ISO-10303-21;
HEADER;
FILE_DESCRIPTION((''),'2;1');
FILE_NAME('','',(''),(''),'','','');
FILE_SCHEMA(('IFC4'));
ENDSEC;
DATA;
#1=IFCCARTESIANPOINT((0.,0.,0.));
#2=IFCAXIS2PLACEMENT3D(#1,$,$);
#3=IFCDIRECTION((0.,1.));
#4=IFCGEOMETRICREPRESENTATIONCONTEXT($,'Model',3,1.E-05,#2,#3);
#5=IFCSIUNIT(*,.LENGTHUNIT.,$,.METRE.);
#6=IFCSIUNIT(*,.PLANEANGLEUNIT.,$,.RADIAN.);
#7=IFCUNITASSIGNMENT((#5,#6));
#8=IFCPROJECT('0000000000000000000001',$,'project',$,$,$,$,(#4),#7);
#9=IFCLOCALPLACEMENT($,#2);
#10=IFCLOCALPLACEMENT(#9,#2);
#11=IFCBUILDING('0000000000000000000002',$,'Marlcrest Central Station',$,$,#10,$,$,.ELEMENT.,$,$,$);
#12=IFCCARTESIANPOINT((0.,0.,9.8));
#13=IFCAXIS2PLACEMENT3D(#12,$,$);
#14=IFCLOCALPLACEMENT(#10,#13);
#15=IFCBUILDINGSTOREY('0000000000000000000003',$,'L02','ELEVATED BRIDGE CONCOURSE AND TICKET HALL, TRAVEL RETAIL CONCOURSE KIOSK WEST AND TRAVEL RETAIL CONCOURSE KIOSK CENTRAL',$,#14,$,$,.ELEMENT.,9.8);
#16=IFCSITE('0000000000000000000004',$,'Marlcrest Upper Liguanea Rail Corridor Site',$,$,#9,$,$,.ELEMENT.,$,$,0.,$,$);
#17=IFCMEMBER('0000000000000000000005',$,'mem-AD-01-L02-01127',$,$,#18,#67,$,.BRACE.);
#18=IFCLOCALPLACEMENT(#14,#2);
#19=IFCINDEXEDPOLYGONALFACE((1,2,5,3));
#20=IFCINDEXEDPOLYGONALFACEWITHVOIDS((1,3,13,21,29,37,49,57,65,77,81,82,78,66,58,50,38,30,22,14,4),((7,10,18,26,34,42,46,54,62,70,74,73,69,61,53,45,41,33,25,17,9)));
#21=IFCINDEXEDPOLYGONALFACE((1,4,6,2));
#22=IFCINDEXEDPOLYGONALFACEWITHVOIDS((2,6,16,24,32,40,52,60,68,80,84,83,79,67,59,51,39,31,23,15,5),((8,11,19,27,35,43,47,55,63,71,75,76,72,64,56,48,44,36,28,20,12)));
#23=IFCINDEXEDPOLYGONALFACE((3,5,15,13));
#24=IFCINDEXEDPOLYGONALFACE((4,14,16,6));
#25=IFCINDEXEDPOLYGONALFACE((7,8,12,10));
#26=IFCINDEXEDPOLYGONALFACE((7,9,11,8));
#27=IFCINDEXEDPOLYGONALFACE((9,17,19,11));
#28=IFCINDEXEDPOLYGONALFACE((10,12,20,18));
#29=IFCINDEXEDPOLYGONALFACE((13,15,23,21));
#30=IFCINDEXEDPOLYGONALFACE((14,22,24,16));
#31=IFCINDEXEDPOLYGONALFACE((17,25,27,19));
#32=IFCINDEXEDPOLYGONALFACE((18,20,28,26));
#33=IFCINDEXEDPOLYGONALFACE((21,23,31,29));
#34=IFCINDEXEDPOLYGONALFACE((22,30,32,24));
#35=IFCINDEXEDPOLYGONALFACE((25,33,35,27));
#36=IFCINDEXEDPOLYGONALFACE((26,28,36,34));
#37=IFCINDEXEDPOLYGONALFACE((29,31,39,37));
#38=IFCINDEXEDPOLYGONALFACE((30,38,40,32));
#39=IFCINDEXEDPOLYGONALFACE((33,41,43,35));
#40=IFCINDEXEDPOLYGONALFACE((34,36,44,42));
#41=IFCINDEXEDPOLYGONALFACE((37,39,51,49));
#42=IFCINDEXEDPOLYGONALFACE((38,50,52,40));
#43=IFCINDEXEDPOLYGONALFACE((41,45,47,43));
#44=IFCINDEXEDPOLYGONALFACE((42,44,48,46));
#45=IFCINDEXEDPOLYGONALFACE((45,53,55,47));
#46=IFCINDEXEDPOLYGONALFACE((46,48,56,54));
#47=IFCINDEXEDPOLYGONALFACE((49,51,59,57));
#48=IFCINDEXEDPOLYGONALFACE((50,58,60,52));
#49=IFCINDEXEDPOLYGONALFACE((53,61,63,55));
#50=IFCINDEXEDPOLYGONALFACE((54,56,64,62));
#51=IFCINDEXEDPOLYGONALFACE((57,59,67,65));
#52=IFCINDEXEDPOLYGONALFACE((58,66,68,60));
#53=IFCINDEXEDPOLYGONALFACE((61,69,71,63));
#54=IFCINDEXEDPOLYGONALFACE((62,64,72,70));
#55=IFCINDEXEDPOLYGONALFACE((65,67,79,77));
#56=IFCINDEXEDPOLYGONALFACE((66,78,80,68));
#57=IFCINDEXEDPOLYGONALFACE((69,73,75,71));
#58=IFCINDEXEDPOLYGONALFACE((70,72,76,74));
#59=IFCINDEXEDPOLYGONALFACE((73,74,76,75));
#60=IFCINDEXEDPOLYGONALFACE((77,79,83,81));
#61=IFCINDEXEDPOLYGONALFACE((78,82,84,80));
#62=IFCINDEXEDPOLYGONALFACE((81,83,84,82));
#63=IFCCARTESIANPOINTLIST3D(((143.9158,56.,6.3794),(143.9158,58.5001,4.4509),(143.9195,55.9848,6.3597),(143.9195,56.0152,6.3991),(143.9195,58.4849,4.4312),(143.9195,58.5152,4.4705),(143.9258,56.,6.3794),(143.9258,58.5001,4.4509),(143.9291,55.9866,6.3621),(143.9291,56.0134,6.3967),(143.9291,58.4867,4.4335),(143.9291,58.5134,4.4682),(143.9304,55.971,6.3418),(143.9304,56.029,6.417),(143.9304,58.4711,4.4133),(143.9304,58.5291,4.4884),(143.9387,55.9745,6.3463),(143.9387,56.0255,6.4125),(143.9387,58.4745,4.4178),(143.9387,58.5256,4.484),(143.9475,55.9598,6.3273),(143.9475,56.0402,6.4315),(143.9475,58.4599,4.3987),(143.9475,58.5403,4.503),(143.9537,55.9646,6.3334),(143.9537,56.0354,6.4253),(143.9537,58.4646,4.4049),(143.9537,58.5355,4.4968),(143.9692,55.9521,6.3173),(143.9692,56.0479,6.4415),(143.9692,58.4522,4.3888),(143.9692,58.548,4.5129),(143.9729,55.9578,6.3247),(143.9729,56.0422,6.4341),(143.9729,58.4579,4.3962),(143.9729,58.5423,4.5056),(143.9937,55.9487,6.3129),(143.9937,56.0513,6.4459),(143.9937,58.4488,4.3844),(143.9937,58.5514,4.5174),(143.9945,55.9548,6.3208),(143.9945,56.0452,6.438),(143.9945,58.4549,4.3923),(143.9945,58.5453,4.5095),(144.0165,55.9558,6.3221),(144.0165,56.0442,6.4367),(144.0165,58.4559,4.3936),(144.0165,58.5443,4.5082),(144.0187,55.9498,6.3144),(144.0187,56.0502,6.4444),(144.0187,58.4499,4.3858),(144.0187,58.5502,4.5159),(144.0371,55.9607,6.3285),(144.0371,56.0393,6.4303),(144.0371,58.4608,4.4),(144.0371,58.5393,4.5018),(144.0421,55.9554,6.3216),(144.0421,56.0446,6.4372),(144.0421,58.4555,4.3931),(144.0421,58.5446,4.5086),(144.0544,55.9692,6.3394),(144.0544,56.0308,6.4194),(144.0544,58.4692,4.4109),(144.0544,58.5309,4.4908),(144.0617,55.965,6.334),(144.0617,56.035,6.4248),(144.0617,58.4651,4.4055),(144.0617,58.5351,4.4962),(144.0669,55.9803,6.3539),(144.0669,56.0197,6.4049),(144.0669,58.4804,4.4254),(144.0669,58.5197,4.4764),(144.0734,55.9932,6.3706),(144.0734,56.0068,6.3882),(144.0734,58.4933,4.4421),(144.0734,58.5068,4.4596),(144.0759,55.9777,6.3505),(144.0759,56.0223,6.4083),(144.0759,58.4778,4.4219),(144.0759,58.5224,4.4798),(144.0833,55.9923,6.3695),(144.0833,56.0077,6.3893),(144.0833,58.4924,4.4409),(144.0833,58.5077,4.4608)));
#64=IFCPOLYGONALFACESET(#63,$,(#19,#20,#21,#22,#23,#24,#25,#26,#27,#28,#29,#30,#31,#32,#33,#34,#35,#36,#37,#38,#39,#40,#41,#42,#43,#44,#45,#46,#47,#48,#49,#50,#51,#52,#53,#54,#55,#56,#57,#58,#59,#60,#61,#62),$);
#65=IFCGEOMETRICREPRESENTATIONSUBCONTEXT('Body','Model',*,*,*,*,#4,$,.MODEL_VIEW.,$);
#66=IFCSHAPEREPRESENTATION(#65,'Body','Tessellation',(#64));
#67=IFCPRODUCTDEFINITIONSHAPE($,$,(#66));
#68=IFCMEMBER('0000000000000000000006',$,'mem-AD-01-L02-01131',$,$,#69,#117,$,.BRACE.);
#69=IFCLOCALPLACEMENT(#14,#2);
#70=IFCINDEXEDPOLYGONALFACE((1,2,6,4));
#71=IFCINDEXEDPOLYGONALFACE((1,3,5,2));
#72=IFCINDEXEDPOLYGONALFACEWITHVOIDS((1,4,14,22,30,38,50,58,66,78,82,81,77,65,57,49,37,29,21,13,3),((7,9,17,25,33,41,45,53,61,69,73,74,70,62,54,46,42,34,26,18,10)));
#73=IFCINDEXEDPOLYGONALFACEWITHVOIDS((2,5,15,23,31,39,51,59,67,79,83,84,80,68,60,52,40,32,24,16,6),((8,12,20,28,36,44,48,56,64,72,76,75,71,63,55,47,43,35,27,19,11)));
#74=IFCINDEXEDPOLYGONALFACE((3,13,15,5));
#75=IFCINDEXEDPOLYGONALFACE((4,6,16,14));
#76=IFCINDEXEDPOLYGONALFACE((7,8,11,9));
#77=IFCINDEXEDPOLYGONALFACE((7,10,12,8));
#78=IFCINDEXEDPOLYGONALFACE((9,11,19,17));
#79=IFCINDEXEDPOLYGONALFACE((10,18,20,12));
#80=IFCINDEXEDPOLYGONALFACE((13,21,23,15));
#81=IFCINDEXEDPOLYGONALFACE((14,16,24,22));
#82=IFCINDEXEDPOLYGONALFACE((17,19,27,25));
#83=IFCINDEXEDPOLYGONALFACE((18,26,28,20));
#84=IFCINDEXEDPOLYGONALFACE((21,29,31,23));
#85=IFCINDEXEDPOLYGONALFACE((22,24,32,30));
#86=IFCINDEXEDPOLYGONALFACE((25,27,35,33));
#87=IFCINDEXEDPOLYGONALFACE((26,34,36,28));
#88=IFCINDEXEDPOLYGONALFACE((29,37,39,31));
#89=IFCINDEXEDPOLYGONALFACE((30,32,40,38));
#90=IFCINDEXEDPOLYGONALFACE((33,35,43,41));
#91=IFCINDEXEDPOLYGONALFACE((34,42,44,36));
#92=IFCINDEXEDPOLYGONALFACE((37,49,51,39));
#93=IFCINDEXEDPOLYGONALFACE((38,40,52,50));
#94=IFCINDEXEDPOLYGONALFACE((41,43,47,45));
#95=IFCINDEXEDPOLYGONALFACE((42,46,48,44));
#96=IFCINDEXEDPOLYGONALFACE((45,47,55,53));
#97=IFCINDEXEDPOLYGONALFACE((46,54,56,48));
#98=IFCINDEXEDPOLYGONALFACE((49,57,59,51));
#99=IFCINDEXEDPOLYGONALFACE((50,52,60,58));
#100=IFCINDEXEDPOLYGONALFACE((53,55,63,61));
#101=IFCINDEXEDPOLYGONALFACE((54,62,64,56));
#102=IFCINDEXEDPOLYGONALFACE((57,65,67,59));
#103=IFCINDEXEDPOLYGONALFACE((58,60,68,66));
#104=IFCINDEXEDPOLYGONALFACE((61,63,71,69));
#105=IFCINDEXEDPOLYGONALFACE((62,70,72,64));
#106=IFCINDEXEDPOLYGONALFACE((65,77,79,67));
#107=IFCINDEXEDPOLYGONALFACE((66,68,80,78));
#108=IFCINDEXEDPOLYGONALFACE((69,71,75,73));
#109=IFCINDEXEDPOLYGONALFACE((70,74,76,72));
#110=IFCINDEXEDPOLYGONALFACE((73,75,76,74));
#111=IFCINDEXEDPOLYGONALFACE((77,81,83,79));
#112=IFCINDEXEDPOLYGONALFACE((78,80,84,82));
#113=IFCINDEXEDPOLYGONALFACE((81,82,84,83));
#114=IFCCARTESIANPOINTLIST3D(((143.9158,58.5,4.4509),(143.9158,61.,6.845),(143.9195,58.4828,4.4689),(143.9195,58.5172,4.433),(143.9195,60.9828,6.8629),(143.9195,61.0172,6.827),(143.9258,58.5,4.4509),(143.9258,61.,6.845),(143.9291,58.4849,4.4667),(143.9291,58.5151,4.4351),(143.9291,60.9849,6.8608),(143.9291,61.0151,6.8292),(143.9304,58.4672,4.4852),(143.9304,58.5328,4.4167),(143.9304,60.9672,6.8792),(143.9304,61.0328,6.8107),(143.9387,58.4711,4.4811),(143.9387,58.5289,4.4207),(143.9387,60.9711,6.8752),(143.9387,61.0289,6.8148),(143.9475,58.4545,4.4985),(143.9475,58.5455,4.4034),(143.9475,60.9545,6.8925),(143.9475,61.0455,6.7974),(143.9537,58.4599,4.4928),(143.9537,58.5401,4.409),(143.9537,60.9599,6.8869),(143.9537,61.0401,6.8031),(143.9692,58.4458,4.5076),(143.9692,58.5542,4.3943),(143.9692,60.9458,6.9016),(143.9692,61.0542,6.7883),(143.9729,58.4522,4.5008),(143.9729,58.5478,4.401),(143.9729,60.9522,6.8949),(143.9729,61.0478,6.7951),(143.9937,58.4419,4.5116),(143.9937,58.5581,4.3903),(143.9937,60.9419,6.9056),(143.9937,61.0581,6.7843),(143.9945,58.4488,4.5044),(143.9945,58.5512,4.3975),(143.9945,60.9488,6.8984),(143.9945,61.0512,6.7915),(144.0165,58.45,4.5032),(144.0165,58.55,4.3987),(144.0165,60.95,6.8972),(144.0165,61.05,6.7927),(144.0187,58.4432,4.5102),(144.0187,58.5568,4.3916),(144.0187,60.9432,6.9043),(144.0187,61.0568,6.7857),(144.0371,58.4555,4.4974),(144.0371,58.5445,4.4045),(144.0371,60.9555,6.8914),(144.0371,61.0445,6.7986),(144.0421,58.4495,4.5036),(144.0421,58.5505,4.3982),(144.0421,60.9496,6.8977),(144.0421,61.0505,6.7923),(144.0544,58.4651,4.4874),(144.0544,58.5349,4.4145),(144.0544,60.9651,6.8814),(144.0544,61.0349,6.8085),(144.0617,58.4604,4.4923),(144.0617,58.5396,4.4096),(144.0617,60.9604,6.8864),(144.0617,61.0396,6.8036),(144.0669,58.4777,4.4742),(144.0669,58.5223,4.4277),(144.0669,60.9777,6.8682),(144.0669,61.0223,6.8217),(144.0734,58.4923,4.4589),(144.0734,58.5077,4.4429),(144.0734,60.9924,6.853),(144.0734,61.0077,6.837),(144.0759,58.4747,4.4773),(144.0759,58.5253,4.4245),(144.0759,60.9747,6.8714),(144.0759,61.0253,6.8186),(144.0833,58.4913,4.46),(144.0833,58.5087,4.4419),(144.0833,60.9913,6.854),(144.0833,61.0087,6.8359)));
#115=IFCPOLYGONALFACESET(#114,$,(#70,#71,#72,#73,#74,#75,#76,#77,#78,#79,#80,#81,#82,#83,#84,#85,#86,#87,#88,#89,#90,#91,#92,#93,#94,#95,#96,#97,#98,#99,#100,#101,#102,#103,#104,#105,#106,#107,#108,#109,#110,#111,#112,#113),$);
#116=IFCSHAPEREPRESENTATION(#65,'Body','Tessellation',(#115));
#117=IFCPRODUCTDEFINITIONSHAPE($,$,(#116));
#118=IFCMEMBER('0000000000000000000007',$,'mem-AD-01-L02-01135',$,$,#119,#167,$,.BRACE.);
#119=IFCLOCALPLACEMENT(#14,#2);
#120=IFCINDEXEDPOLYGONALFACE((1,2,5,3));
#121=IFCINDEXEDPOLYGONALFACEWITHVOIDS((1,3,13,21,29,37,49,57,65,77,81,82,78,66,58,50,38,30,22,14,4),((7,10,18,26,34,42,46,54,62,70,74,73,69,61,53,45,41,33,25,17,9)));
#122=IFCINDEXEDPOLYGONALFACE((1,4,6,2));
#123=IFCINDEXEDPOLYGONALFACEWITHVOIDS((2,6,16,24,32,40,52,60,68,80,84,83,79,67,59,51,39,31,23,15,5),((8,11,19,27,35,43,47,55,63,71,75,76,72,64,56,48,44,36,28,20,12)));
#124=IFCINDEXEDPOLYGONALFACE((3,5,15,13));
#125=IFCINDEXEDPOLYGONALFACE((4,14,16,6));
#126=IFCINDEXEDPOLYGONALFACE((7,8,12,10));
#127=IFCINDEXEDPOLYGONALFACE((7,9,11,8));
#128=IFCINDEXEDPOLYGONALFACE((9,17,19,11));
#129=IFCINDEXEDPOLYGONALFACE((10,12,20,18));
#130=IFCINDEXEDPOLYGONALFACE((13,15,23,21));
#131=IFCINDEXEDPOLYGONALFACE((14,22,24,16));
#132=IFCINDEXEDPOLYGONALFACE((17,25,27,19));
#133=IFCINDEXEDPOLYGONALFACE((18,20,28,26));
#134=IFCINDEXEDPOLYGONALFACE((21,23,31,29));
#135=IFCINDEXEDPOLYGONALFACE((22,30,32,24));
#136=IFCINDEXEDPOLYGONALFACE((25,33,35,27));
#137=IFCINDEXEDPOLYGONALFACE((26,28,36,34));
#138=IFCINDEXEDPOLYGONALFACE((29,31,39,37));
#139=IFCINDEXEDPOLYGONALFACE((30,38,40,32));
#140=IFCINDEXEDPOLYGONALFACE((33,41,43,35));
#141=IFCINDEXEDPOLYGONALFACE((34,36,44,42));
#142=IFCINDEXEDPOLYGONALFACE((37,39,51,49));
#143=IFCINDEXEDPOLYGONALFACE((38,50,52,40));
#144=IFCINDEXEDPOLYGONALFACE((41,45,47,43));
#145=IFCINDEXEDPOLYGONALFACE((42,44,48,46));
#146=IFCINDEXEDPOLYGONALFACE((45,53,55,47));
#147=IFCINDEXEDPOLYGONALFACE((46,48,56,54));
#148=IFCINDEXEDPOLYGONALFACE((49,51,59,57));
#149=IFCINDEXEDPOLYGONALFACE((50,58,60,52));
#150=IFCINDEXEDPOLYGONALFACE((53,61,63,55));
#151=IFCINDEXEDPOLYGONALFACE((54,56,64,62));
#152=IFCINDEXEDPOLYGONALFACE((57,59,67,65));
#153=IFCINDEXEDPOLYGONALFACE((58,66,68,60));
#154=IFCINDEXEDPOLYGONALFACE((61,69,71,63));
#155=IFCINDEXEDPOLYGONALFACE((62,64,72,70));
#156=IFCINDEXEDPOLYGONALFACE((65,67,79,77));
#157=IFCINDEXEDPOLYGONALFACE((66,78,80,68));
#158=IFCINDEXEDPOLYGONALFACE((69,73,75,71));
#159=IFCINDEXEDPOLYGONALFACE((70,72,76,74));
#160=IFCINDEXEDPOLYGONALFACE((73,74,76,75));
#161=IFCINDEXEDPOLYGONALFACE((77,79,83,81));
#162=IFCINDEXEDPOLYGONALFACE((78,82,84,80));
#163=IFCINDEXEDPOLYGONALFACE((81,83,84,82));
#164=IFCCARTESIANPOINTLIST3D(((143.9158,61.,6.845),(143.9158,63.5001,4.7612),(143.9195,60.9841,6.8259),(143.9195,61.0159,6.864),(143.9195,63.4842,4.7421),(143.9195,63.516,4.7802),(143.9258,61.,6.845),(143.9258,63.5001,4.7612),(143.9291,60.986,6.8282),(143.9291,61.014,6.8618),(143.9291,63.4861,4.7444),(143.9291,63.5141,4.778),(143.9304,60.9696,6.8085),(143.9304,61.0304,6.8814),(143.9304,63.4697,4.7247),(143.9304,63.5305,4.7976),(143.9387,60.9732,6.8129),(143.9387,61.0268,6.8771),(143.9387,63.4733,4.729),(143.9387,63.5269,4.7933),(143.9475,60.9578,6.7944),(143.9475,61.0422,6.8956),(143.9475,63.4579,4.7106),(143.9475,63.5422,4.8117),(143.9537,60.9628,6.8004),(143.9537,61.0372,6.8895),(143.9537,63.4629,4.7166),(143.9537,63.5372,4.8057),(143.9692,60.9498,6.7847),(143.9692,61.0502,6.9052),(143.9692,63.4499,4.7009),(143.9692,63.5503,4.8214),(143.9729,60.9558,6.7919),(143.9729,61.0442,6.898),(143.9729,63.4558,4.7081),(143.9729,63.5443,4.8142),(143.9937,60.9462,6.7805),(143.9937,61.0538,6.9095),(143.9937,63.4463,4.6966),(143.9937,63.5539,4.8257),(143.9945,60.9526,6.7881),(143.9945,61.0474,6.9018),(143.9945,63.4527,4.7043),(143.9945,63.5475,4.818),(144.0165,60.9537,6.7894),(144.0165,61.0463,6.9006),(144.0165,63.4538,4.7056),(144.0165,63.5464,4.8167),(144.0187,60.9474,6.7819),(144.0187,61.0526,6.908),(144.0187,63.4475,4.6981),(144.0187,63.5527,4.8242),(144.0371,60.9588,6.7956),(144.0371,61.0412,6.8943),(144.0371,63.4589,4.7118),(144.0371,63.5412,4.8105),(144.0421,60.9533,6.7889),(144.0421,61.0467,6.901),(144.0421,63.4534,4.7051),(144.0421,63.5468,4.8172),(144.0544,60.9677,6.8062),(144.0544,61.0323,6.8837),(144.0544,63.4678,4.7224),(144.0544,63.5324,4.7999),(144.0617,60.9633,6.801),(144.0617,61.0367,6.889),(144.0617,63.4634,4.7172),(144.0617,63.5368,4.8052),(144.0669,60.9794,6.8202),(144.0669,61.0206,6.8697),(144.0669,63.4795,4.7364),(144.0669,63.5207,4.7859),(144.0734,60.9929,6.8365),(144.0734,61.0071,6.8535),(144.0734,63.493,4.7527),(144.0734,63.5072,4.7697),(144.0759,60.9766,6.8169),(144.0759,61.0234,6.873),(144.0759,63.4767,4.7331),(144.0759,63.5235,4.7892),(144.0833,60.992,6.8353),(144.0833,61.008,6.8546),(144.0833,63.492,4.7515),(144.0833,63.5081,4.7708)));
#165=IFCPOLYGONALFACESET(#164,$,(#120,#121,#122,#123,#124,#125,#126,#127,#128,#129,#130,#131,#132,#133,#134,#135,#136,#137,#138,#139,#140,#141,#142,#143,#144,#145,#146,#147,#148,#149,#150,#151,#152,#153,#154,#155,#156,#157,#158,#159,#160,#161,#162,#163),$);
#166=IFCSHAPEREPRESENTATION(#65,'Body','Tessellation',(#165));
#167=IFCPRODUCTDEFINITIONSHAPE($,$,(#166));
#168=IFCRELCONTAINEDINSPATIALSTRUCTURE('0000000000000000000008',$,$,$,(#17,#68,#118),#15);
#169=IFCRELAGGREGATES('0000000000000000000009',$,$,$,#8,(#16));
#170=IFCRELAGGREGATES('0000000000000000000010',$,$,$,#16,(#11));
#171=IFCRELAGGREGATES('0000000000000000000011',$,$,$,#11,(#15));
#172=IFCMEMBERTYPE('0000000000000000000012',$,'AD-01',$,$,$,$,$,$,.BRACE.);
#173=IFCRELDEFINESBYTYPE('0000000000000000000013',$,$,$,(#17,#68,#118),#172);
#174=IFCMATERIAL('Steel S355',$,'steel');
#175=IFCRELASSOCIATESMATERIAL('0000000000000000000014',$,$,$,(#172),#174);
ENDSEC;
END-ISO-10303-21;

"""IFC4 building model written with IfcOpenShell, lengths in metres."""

from ifc_helpers import new_model, si_unit, direction, frame, origin, origin_2d, place, context, subcontext, project, spatial, hollow_circle, extrude, material, material_profile, profile_set, type_object, element, save


model = new_model("IFC4")

# Units and contexts
model_context = context("Model", 3, precision=1e-05, world=origin(), true_north=direction((0.0, 1.0)))
body_context = subcontext(model_context, "Body", "Model", "MODEL_VIEW")
ifc_project = project(units=[si_unit("LENGTHUNIT", "METRE"), si_unit("PLANEANGLEUNIT", "RADIAN")], contexts=[model_context])

# Site, building, storey
site_placement = place(None, origin())
site = spatial("IfcSite", under=ifc_project, at=site_placement, Name="Marlcrest Upper Liguanea Rail Corridor Site", CompositionType="ELEMENT", RefElevation=0.0)
building_placement = place(site_placement, origin())
building = spatial("IfcBuilding", under=site, at=building_placement, Name="Marlcrest Central Station", CompositionType="ELEMENT")
storey_placement = place(building_placement, frame((0.0, 0.0, 9.8)))
storey = spatial("IfcBuildingStorey", under=building, at=storey_placement, Name="L02", Description="ELEVATED BRIDGE CONCOURSE AND TICKET HALL, TRAVEL RETAIL CONCOURSE KIOSK WEST AND TRAVEL RETAIL CONCOURSE KIOSK CENTRAL", CompositionType="ELEMENT", Elevation=9.8)

# Members
ifc_material = material(Name="Steel S355", Category="steel")
ifc_material_profile_1 = material_profile(ifc_material, hollow_circle(Radius=0.0842, WallThickness=0.01, at=origin_2d()), Name="CHS 168.3x10")
ifc_profile_set_1 = profile_set([ifc_material_profile_1], Name="Steel S355")
member_type_1 = type_object("IfcMemberType", Name="AD-01", PredefinedType="BRACE", material=ifc_profile_set_1)
member_1_placement = place(storey_placement, frame((144.0, 56.0, 6.3794), z_axis=(0.0, 0.791798, -0.610783), x_axis=(-1.0, 0.0, 0.0)))
element("IfcMember", 1, at=member_1_placement, inside=storey, type_object=member_type_1, Name="mem-AD-01-L02-01127", PredefinedType="BRACE", context=body_context, shape_type="SweptSolid", body=[
    extrude(hollow_circle(Radius=0.0842, WallThickness=0.01, at=origin_2d()), origin(), (0.0, 0.0, 1.0), 3.1575),
])
member_2_placement = place(storey_placement, frame((144.0, 58.5, 4.4509), z_axis=(0.0, 0.722247, 0.691636), x_axis=(-1.0, 0.0, 0.0)))
element("IfcMember", 2, at=member_2_placement, inside=storey, type_object=member_type_1, Name="mem-AD-01-L02-01131", PredefinedType="BRACE", context=body_context, shape_type="SweptSolid", body=[
    extrude(hollow_circle(Radius=0.0842, WallThickness=0.01, at=origin_2d()), origin(), (0.0, 0.0, 1.0), 3.4614),
])
member_3_placement = place(storey_placement, frame((144.0, 61.0, 6.845), z_axis=(0.0, 0.76816, -0.640258), x_axis=(-1.0, 0.0, 0.0)))
element("IfcMember", 3, at=member_3_placement, inside=storey, type_object=member_type_1, Name="mem-AD-01-L02-01135", PredefinedType="BRACE", context=body_context, shape_type="SweptSolid", body=[
    extrude(hollow_circle(Radius=0.0842, WallThickness=0.01, at=origin_2d()), origin(), (0.0, 0.0, 1.0), 3.2546),
])

save(model, "model.ifc")
